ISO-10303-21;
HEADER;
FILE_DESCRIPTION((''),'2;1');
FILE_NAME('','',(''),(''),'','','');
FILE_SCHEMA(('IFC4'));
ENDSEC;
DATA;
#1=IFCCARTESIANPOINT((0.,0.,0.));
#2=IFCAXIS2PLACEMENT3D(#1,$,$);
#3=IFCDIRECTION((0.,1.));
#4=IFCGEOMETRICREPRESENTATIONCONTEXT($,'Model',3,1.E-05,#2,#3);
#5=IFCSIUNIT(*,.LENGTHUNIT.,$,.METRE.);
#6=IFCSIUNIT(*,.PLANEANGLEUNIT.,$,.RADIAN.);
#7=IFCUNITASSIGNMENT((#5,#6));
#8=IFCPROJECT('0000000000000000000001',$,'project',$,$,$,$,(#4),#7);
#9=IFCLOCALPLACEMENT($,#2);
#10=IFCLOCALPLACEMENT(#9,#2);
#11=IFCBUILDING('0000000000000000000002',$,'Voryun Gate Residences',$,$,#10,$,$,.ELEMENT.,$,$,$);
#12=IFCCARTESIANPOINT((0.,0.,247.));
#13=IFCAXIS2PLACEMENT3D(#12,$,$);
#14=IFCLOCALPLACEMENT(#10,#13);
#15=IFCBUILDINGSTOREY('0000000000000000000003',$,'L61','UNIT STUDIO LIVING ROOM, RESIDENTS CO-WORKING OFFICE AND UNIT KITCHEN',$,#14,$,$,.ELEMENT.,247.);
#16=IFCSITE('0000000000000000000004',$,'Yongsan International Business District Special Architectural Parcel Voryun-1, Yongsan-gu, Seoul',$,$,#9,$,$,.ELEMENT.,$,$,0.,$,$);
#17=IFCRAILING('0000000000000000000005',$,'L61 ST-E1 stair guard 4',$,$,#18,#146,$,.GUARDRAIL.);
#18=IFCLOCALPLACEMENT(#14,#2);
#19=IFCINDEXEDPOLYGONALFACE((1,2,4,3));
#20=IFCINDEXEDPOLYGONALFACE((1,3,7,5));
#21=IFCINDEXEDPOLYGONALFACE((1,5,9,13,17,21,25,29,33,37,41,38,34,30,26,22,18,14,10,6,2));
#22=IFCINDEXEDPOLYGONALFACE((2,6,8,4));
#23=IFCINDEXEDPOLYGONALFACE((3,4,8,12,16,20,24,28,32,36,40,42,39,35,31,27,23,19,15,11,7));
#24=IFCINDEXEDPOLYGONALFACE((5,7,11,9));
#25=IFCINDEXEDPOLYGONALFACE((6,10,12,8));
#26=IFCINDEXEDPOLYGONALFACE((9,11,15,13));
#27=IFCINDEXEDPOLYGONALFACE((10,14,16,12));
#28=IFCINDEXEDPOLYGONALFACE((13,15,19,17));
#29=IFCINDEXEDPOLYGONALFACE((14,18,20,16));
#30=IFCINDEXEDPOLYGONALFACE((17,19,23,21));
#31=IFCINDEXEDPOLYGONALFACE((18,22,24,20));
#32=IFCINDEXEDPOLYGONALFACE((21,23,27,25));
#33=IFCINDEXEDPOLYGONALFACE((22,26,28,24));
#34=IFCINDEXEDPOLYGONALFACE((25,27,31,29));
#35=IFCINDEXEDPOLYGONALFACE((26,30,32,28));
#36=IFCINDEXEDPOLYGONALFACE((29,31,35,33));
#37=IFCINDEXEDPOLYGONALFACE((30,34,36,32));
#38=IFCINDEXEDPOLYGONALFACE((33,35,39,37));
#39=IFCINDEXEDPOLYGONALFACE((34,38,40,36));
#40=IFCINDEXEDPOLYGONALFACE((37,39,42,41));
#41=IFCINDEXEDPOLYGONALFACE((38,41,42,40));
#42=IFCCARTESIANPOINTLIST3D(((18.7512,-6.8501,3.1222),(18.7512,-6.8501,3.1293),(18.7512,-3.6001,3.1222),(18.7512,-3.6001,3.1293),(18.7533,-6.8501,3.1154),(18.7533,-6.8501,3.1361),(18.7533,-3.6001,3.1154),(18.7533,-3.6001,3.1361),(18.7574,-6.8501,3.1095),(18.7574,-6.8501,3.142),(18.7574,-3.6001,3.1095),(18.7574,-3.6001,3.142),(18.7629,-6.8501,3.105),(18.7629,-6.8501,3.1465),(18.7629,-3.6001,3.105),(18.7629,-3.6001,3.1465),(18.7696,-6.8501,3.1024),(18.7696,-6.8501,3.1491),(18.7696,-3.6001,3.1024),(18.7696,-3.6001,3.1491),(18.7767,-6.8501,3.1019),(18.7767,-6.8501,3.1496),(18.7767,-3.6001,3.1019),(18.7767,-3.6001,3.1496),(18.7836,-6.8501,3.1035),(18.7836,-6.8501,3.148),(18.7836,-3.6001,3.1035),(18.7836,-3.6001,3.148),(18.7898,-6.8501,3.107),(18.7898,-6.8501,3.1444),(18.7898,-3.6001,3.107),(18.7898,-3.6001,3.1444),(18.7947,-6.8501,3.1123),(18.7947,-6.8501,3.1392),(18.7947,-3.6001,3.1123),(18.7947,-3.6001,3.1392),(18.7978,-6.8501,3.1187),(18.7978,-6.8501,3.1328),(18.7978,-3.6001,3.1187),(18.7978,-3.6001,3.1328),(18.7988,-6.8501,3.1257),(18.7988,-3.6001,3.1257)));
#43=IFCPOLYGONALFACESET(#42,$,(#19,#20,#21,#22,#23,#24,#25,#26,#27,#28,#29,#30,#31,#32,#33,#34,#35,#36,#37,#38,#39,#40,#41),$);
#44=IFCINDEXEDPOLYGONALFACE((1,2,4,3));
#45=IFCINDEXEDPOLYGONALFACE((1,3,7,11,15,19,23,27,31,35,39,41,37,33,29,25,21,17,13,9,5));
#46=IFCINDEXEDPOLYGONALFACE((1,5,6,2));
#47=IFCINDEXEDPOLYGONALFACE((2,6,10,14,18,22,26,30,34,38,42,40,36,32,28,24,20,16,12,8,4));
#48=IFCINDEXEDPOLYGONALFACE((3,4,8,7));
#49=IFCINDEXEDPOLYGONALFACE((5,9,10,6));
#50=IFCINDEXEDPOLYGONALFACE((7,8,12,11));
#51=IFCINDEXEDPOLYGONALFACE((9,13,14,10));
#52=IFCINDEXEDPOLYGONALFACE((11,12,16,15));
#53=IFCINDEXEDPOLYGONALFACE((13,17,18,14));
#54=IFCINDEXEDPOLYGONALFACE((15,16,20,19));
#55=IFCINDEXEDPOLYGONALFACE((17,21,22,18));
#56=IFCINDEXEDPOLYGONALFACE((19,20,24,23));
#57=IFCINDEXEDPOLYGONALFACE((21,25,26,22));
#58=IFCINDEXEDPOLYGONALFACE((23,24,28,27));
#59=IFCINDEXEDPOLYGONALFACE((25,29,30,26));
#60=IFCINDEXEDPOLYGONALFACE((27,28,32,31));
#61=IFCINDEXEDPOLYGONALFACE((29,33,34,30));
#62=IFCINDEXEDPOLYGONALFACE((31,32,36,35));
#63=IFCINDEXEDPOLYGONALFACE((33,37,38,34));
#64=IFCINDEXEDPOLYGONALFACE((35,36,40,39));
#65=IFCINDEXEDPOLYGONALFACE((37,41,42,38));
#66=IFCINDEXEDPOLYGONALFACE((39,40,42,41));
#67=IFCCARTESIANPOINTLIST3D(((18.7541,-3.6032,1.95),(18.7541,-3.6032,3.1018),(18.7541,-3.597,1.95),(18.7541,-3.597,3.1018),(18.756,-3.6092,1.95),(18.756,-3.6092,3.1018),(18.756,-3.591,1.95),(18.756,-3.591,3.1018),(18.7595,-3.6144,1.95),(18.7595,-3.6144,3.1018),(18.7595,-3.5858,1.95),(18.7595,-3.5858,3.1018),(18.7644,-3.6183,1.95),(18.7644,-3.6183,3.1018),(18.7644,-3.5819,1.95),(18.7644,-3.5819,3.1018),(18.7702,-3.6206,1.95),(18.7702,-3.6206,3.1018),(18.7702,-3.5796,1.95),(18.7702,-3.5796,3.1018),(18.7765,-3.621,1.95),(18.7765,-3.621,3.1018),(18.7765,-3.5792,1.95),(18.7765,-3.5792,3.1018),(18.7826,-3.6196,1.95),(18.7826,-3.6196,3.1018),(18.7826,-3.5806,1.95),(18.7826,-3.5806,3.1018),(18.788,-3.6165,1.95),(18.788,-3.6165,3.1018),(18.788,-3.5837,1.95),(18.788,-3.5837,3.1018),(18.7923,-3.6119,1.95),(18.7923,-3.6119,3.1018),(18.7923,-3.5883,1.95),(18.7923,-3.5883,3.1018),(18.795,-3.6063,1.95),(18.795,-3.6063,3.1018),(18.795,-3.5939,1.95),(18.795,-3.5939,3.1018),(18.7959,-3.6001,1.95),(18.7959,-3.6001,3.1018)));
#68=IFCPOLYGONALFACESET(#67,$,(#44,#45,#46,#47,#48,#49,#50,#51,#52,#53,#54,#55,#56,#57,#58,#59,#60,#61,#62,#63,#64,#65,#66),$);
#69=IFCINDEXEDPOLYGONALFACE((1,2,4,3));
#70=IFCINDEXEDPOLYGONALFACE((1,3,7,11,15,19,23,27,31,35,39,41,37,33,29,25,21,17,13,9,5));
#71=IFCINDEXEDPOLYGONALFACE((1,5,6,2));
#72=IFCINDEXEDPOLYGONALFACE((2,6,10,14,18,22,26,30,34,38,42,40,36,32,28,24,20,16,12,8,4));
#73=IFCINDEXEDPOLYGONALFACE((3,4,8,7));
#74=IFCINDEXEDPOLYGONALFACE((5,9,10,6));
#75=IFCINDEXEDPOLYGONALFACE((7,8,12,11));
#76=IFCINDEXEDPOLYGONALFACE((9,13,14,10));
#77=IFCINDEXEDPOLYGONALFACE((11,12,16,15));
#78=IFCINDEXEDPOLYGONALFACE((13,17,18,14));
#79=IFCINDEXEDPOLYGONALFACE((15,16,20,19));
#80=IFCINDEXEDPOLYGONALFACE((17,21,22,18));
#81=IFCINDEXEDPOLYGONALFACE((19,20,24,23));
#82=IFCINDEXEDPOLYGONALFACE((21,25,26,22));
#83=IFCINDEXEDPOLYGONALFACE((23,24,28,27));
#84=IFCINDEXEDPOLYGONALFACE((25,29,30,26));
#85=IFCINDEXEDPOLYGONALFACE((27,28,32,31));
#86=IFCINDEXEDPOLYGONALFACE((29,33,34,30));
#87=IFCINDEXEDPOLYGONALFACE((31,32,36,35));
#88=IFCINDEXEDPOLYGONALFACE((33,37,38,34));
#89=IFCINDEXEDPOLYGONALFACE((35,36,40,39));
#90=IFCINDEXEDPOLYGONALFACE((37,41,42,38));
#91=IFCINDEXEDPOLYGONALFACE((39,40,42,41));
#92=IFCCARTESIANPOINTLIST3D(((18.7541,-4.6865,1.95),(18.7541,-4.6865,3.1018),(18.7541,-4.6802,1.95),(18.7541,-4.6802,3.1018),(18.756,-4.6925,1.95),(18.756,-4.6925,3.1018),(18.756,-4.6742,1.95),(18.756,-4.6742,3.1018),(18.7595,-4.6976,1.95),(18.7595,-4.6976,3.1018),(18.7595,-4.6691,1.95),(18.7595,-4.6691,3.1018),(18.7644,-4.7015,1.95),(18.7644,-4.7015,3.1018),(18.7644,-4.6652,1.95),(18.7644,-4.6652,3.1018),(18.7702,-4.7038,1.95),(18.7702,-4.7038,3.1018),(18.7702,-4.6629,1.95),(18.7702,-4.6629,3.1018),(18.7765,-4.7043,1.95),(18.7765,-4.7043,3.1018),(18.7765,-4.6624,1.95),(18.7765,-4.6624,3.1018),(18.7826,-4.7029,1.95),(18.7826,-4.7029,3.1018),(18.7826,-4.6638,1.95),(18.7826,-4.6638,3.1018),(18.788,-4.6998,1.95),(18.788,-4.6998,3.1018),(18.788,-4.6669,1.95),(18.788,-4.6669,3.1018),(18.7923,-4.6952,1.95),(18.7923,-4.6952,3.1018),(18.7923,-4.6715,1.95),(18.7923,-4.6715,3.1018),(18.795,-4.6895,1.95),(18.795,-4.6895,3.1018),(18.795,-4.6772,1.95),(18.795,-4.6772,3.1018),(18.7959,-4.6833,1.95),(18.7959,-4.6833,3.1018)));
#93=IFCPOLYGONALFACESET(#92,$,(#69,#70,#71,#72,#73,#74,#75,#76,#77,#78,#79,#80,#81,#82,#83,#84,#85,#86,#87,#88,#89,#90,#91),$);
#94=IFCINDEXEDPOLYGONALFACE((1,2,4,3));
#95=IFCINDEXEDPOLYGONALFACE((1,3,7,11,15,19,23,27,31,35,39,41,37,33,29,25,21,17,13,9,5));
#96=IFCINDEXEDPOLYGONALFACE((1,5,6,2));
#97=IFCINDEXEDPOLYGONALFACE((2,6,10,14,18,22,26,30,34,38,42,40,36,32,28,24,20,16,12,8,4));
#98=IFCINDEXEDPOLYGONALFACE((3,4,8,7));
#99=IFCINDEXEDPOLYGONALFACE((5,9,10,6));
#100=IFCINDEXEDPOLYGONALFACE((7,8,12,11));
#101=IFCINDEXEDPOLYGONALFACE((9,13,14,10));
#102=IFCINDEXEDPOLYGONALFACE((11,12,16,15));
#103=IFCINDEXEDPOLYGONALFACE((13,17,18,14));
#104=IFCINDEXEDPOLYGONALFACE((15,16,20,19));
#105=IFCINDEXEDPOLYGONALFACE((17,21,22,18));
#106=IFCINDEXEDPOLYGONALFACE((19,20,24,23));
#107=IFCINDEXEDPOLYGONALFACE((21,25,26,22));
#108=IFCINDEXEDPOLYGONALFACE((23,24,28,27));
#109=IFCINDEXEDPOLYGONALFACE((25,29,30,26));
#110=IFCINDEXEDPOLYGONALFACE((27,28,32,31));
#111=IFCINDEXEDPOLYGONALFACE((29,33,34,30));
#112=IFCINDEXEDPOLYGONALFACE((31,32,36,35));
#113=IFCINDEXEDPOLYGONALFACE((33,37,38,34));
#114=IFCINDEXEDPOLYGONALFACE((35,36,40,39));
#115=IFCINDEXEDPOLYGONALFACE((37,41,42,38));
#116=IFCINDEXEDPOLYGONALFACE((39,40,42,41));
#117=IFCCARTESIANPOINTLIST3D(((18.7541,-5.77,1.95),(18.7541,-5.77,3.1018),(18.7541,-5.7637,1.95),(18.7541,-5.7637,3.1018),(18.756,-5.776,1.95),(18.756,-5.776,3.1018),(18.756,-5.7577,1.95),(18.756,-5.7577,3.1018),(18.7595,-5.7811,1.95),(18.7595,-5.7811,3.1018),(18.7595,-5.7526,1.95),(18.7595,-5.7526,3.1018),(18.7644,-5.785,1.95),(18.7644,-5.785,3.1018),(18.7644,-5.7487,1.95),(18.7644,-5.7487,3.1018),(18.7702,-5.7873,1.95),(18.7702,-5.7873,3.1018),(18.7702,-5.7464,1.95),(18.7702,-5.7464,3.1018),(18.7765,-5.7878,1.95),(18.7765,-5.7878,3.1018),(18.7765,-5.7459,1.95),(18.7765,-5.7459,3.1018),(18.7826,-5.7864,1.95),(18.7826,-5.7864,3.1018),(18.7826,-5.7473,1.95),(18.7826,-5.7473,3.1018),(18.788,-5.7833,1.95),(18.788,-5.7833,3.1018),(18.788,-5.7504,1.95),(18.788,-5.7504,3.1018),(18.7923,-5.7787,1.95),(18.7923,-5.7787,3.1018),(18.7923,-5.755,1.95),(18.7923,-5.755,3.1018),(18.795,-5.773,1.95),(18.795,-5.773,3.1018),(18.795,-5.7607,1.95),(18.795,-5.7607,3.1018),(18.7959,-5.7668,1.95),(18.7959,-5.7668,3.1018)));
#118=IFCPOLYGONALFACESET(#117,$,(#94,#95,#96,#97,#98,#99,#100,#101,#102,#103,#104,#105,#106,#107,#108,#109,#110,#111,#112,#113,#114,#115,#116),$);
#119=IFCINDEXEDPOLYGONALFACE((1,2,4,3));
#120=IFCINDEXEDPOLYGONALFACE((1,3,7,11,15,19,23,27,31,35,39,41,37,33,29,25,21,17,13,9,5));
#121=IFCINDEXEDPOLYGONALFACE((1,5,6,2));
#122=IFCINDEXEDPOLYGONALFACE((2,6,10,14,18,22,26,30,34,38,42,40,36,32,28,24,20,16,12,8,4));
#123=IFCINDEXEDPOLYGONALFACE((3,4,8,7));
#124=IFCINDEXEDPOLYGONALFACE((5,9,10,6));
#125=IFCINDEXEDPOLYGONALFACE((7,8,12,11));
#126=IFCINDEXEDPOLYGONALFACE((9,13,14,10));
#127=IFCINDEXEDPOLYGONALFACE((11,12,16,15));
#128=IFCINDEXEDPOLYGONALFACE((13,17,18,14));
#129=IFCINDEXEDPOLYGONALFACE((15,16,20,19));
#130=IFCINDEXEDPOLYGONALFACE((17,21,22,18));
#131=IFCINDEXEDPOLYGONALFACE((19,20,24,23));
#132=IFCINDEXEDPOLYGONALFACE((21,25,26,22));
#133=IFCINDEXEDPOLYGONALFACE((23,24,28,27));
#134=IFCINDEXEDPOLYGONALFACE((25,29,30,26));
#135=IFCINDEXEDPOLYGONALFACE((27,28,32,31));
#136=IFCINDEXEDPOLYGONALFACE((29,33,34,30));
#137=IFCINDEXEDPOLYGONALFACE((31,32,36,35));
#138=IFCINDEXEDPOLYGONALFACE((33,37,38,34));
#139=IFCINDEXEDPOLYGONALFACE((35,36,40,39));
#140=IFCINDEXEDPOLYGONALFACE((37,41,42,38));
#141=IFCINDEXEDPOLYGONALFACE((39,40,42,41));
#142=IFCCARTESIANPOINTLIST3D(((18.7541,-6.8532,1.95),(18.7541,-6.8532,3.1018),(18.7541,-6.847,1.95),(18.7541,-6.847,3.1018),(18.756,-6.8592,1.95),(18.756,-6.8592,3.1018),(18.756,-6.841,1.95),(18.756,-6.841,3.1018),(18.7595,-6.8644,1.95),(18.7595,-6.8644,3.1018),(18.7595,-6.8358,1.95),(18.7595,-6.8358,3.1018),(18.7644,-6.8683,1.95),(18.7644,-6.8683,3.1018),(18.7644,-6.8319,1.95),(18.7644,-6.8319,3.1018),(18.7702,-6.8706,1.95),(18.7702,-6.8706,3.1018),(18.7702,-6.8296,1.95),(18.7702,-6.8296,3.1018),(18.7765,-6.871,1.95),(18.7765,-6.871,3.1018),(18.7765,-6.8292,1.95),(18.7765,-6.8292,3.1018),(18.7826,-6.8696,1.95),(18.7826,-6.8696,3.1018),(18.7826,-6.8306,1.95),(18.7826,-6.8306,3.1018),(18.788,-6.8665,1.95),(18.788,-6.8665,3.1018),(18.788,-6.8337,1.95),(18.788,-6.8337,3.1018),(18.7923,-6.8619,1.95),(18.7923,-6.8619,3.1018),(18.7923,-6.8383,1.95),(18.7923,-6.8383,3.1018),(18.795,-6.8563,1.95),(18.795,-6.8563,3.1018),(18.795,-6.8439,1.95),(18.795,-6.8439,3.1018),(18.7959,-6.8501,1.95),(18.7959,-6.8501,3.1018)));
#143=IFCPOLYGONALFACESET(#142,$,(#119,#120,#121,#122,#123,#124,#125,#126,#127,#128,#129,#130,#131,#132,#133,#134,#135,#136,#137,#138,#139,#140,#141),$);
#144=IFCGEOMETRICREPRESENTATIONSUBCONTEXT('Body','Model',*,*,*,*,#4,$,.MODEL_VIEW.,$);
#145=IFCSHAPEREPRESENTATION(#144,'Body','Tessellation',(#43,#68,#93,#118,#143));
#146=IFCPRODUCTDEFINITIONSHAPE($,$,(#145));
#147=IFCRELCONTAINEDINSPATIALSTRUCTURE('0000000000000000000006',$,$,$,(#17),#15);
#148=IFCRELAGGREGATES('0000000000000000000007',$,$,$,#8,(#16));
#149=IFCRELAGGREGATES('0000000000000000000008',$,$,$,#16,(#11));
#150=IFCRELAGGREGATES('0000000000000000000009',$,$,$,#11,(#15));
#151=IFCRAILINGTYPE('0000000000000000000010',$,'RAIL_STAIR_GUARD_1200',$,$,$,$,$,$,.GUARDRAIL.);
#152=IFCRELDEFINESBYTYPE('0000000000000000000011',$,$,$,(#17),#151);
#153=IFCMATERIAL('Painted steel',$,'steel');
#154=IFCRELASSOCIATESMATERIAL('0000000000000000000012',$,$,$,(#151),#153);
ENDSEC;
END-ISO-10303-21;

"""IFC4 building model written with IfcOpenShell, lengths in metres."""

from ifc_helpers import new_model, si_unit, direction, frame, origin, origin_2d, place, context, subcontext, project, spatial, circle, extrude, material, type_object, element, save


model = new_model("IFC4")

# Units and contexts
model_context = context("Model", 3, precision=1e-05, world=origin(), true_north=direction((0.0, 1.0)))
body_context = subcontext(model_context, "Body", "Model", "MODEL_VIEW")
ifc_project = project(units=[si_unit("LENGTHUNIT", "METRE"), si_unit("PLANEANGLEUNIT", "RADIAN")], contexts=[model_context])

# Site, building, storey
site_placement = place(None, origin())
site = spatial("IfcSite", under=ifc_project, at=site_placement, Name="Yongsan International Business District Special Architectural Parcel Voryun-1, Yongsan-gu, Seoul", CompositionType="ELEMENT", RefElevation=0.0)
building_placement = place(site_placement, origin())
building = spatial("IfcBuilding", under=site, at=building_placement, Name="Voryun Gate Residences", CompositionType="ELEMENT")
storey_placement = place(building_placement, frame((0.0, 0.0, 247.0)))
storey = spatial("IfcBuildingStorey", under=building, at=storey_placement, Name="L61", Description="UNIT STUDIO LIVING ROOM, RESIDENTS CO-WORKING OFFICE AND UNIT KITCHEN", CompositionType="ELEMENT", Elevation=247.0)

# Railing
ifc_material_1 = material(Name="Painted steel", Category="steel")
railing_type_1 = type_object("IfcRailingType", Name="RAIL_STAIR_GUARD_1200", PredefinedType="GUARDRAIL", material=ifc_material_1)
railing_1_placement = place(storey_placement, frame((18.7749, -3.6001, 1.95)))
element("IfcRailing", 1, at=railing_1_placement, inside=storey, type_object=railing_type_1, Name="L61 ST-E1 stair guard 4", PredefinedType="GUARDRAIL", context=body_context, shape_type="SweptSolid", body=[
    extrude(circle(Radius=0.0239, at=origin_2d()), frame((0.0, 0.0, 1.1758), z_axis=(0.0, -1.0, 0.0), x_axis=(1.0, 0.0, 0.0)), (0.0, 0.0, 1.0), 3.25),
    extrude(circle(Radius=0.021, at=origin_2d()), origin(), (0.0, 0.0, 1.0), 1.1519),
    extrude(circle(Radius=0.021, at=origin_2d()), frame((0.0, -1.0833, 0.0)), (0.0, 0.0, 1.0), 1.1519),
    extrude(circle(Radius=0.021, at=origin_2d()), frame((0.0, -2.1667, 0.0)), (0.0, 0.0, 1.0), 1.1519),
    extrude(circle(Radius=0.021, at=origin_2d()), frame((0.0, -3.25, 0.0)), (0.0, 0.0, 1.0), 1.1519),
])

save(model, "model.ifc")
